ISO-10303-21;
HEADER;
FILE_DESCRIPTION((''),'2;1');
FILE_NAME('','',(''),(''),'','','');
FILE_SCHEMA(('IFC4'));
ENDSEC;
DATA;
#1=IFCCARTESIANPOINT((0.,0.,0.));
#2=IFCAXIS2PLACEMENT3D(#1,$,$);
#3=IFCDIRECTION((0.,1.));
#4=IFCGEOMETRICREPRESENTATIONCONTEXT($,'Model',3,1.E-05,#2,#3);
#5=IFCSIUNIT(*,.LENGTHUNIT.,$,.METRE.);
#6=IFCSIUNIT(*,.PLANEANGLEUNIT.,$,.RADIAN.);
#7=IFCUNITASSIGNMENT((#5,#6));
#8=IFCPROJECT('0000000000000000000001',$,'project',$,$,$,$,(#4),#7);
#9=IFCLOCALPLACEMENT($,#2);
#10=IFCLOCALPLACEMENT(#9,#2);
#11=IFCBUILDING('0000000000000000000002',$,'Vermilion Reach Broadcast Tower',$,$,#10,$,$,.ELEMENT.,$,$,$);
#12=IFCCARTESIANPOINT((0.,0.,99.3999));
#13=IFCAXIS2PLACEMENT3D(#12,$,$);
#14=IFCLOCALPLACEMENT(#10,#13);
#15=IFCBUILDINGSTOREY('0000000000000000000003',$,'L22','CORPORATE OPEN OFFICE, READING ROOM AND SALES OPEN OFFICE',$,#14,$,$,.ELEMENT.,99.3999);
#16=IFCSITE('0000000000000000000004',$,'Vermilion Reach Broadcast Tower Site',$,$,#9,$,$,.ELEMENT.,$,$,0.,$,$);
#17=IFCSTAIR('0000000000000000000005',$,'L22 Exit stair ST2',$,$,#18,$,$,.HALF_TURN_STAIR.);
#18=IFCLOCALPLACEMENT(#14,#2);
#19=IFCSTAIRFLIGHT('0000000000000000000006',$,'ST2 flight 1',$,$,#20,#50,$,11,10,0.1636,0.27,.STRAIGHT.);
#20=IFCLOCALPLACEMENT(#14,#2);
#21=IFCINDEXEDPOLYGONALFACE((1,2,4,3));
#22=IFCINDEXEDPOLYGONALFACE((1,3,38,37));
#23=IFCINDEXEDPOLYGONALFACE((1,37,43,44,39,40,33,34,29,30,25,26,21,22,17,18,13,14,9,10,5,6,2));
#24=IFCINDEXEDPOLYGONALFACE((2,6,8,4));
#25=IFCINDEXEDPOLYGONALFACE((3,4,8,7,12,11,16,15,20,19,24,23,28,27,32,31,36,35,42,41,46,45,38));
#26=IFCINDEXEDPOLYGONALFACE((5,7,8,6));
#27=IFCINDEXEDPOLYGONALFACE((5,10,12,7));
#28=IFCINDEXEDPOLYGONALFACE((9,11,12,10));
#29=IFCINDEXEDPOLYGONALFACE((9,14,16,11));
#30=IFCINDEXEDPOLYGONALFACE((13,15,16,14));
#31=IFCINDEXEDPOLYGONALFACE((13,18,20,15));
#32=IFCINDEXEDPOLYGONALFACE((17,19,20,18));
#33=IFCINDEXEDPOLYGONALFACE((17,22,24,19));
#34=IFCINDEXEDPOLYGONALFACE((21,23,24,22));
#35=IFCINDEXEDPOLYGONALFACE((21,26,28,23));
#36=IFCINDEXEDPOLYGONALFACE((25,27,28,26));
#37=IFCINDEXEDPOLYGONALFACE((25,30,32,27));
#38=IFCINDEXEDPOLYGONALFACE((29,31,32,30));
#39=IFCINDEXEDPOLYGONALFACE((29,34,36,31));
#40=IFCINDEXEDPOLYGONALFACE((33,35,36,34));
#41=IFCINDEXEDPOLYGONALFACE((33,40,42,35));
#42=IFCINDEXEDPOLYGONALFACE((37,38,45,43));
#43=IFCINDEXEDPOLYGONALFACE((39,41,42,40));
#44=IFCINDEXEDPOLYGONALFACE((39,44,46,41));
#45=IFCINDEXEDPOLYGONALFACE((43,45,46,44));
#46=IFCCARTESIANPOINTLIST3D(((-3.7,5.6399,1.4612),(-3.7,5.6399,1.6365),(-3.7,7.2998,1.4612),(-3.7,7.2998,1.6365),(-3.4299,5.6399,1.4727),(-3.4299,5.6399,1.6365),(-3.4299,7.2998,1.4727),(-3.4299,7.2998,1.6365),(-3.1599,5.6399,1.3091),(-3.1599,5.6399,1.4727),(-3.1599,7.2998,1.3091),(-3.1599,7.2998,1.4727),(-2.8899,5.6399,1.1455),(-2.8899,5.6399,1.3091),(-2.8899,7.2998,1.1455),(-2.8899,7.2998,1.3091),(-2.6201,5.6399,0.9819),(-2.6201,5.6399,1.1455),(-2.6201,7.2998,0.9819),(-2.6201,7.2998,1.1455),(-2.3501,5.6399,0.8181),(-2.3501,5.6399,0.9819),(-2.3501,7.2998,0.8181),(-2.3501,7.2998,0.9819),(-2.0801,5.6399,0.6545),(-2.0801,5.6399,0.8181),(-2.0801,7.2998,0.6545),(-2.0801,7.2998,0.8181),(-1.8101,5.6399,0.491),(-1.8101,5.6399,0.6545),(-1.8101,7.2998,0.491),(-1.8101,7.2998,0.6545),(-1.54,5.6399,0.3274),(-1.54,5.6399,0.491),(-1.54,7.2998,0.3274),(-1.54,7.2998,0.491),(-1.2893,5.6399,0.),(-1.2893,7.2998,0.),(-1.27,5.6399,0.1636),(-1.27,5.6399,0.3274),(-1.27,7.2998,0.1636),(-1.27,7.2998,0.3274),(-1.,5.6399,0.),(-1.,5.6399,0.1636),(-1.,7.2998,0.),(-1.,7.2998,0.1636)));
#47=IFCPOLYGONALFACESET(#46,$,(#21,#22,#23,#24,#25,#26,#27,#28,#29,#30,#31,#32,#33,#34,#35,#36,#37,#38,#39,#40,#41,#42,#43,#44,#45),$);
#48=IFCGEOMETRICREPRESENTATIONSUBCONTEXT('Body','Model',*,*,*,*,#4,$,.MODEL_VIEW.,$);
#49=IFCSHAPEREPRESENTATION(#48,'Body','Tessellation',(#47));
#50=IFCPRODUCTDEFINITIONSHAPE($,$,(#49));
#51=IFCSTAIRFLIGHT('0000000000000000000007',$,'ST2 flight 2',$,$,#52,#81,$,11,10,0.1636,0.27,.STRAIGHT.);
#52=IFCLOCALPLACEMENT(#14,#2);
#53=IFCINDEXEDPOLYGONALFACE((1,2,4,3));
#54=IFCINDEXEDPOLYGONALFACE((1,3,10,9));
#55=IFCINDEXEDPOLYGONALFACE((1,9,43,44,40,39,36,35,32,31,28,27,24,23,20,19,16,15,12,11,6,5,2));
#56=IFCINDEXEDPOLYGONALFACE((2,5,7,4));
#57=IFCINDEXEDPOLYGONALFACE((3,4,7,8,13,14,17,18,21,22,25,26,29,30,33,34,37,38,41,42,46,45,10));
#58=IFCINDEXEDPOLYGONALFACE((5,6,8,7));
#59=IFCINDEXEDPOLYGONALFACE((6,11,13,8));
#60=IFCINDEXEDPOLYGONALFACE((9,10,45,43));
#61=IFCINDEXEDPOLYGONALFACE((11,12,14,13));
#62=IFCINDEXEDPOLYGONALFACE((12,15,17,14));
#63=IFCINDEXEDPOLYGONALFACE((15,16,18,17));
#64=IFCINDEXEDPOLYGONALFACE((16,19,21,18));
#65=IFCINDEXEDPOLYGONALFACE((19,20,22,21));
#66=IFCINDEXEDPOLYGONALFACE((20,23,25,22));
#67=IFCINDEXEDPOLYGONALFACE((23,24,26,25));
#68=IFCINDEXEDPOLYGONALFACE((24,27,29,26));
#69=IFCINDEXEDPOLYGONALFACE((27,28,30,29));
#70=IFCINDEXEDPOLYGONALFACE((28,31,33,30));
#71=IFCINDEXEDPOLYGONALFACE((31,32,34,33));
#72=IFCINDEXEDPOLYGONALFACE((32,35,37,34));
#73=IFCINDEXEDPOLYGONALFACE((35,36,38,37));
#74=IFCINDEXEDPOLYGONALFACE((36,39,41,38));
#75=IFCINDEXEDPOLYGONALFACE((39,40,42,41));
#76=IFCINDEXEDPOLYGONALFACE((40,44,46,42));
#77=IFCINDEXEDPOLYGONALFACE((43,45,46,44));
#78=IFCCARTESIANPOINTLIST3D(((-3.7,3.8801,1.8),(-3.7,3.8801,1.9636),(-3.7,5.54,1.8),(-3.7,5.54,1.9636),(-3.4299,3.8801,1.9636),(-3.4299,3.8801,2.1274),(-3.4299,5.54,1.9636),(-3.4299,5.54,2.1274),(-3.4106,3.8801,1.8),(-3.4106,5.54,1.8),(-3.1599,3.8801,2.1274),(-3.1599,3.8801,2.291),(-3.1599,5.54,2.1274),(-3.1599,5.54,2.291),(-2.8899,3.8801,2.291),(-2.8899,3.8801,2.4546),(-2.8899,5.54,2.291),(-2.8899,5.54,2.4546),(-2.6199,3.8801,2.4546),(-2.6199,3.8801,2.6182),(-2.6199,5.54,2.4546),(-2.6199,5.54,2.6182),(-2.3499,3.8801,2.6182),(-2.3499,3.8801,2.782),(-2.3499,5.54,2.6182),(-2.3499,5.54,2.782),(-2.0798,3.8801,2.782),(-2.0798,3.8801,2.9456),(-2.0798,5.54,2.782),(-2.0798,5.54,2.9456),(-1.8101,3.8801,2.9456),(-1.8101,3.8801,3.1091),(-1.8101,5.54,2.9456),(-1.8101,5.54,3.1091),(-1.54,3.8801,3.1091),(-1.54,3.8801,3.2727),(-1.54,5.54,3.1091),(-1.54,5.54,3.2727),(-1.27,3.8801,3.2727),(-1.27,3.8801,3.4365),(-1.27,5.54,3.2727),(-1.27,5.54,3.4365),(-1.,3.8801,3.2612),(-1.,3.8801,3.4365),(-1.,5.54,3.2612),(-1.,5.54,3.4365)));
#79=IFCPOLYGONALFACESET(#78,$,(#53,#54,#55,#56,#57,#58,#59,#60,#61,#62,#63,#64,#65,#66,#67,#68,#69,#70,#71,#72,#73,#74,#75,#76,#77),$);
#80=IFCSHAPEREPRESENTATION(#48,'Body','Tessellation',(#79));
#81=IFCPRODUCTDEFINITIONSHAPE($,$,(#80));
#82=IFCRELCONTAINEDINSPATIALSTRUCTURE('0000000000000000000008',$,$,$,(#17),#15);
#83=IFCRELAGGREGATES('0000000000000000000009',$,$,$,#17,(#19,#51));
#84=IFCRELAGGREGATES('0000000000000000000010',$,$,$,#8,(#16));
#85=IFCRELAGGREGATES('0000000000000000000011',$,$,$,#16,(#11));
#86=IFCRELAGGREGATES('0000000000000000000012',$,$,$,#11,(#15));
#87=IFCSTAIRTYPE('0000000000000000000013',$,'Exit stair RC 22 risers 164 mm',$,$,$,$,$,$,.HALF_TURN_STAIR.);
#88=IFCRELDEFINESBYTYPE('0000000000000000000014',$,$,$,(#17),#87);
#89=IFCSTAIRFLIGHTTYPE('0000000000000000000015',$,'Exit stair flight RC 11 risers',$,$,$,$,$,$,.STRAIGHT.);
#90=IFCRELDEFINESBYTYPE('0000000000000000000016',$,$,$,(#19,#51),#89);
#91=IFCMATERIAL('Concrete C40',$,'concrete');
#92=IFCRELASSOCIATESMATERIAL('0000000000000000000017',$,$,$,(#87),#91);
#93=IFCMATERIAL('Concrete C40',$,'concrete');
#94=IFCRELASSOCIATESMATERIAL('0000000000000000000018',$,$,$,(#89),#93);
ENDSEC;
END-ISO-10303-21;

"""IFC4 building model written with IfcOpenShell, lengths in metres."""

from ifc_helpers import new_model, si_unit, direction, frame, origin, place, context, subcontext, project, spatial, polyline, outline, extrude, material, type_object, element, aggregate, save


model = new_model("IFC4")

# Units and contexts
model_context = context("Model", 3, precision=1e-05, world=origin(), true_north=direction((0.0, 1.0)))
body_context = subcontext(model_context, "Body", "Model", "MODEL_VIEW")
ifc_project = project(units=[si_unit("LENGTHUNIT", "METRE"), si_unit("PLANEANGLEUNIT", "RADIAN")], contexts=[model_context])

# Site, building, storey
site_placement = place(None, origin())
site = spatial("IfcSite", under=ifc_project, at=site_placement, Name="Vermilion Reach Broadcast Tower Site", CompositionType="ELEMENT", RefElevation=0.0)
building_placement = place(site_placement, origin())
building = spatial("IfcBuilding", under=site, at=building_placement, Name="Vermilion Reach Broadcast Tower", CompositionType="ELEMENT")
storey_placement = place(building_placement, frame((0.0, 0.0, 99.3999)))
storey = spatial("IfcBuildingStorey", under=building, at=storey_placement, Name="L22", Description="CORPORATE OPEN OFFICE, READING ROOM AND SALES OPEN OFFICE", CompositionType="ELEMENT", Elevation=99.3999)

# Stair
ifc_material_1 = material(Name="Concrete C40", Category="concrete")
stair_type = type_object("IfcStairType", Name="Exit stair RC 22 risers 164 mm", PredefinedType="HALF_TURN_STAIR", material=ifc_material_1)
placement_1 = place(storey_placement, origin())
stair_1 = element("IfcStair", 1, at=placement_1, inside=storey, type_object=stair_type, Name="L22 Exit stair ST2", PredefinedType="HALF_TURN_STAIR")

# Stair flights
ifc_material_2 = material(Name="Concrete C40", Category="concrete")
stair_flight_type = type_object("IfcStairFlightType", Name="Exit stair flight RC 11 risers", PredefinedType="STRAIGHT", material=ifc_material_2)
stair_flight_1_placement = place(storey_placement, frame((-1.0, 6.47, 0.0), z_axis=(0.0, 0.0, 1.0), x_axis=(-1.0, 0.0, 0.0)))
stair_flight_1 = element("IfcStairFlight", 2, at=stair_flight_1_placement, type_object=stair_flight_type, Name="ST2 flight 1", NumberOfRisers=11, NumberOfTreads=10, PredefinedType="STRAIGHT", RiserHeight=0.1636, TreadLength=0.27, context=body_context, shape_type="SweptSolid", body=[
    extrude(outline(polyline([(0.0, 0.0), (0.0, 0.1636), (0.27, 0.1636), (0.27, 0.3274), (0.54, 0.3274), (0.54, 0.491), (0.8101, 0.491), (0.8101, 0.6545), (1.0801, 0.6545), (1.0801, 0.8181), (1.3501, 0.8181), (1.3501, 0.9819), (1.6201, 0.9819), (1.6201, 1.1455), (1.8899, 1.1455), (1.8899, 1.3091), (2.1599, 1.3091), (2.1599, 1.4727), (2.4299, 1.4727), (2.4299, 1.6365), (2.7, 1.6365), (2.7, 1.8), (2.7, 1.4612), (0.2893, 0.0), (0.0, 0.0)])), frame((0.0, 0.8301, 0.0), z_axis=(0.0, -1.0, 0.0), x_axis=(1.0, 0.0, 0.0)), (0.0, 0.0, 1.0), 1.6599),
])
stair_flight_2_placement = place(storey_placement, frame((-3.7, 4.71, 1.8), z_axis=(0.0, 0.0, 1.0), x_axis=(1.0, 0.0, 0.0)))
stair_flight_2 = element("IfcStairFlight", 3, at=stair_flight_2_placement, type_object=stair_flight_type, Name="ST2 flight 2", NumberOfRisers=11, NumberOfTreads=10, PredefinedType="STRAIGHT", RiserHeight=0.1636, TreadLength=0.27, context=body_context, shape_type="SweptSolid", body=[
    extrude(outline(polyline([(0.0, 0.0), (0.0, 0.1636), (0.27, 0.1636), (0.27, 0.3274), (0.54, 0.3274), (0.54, 0.491), (0.8101, 0.491), (0.8101, 0.6545), (1.0801, 0.6545), (1.0801, 0.8181), (1.3501, 0.8181), (1.3501, 0.9819), (1.6201, 0.9819), (1.6201, 1.1455), (1.8899, 1.1455), (1.8899, 1.3091), (2.1599, 1.3091), (2.1599, 1.4727), (2.4299, 1.4727), (2.4299, 1.6365), (2.7, 1.6365), (2.7, 1.8), (2.7, 1.4612), (0.2893, 0.0), (0.0, 0.0)])), frame((0.0, 0.8301, 0.0), z_axis=(0.0, -1.0, 0.0), x_axis=(1.0, 0.0, 0.0)), (0.0, 0.0, 1.0), 1.6599),
])
aggregate(stair_1, [stair_flight_1, stair_flight_2])

save(model, "model.ifc")
